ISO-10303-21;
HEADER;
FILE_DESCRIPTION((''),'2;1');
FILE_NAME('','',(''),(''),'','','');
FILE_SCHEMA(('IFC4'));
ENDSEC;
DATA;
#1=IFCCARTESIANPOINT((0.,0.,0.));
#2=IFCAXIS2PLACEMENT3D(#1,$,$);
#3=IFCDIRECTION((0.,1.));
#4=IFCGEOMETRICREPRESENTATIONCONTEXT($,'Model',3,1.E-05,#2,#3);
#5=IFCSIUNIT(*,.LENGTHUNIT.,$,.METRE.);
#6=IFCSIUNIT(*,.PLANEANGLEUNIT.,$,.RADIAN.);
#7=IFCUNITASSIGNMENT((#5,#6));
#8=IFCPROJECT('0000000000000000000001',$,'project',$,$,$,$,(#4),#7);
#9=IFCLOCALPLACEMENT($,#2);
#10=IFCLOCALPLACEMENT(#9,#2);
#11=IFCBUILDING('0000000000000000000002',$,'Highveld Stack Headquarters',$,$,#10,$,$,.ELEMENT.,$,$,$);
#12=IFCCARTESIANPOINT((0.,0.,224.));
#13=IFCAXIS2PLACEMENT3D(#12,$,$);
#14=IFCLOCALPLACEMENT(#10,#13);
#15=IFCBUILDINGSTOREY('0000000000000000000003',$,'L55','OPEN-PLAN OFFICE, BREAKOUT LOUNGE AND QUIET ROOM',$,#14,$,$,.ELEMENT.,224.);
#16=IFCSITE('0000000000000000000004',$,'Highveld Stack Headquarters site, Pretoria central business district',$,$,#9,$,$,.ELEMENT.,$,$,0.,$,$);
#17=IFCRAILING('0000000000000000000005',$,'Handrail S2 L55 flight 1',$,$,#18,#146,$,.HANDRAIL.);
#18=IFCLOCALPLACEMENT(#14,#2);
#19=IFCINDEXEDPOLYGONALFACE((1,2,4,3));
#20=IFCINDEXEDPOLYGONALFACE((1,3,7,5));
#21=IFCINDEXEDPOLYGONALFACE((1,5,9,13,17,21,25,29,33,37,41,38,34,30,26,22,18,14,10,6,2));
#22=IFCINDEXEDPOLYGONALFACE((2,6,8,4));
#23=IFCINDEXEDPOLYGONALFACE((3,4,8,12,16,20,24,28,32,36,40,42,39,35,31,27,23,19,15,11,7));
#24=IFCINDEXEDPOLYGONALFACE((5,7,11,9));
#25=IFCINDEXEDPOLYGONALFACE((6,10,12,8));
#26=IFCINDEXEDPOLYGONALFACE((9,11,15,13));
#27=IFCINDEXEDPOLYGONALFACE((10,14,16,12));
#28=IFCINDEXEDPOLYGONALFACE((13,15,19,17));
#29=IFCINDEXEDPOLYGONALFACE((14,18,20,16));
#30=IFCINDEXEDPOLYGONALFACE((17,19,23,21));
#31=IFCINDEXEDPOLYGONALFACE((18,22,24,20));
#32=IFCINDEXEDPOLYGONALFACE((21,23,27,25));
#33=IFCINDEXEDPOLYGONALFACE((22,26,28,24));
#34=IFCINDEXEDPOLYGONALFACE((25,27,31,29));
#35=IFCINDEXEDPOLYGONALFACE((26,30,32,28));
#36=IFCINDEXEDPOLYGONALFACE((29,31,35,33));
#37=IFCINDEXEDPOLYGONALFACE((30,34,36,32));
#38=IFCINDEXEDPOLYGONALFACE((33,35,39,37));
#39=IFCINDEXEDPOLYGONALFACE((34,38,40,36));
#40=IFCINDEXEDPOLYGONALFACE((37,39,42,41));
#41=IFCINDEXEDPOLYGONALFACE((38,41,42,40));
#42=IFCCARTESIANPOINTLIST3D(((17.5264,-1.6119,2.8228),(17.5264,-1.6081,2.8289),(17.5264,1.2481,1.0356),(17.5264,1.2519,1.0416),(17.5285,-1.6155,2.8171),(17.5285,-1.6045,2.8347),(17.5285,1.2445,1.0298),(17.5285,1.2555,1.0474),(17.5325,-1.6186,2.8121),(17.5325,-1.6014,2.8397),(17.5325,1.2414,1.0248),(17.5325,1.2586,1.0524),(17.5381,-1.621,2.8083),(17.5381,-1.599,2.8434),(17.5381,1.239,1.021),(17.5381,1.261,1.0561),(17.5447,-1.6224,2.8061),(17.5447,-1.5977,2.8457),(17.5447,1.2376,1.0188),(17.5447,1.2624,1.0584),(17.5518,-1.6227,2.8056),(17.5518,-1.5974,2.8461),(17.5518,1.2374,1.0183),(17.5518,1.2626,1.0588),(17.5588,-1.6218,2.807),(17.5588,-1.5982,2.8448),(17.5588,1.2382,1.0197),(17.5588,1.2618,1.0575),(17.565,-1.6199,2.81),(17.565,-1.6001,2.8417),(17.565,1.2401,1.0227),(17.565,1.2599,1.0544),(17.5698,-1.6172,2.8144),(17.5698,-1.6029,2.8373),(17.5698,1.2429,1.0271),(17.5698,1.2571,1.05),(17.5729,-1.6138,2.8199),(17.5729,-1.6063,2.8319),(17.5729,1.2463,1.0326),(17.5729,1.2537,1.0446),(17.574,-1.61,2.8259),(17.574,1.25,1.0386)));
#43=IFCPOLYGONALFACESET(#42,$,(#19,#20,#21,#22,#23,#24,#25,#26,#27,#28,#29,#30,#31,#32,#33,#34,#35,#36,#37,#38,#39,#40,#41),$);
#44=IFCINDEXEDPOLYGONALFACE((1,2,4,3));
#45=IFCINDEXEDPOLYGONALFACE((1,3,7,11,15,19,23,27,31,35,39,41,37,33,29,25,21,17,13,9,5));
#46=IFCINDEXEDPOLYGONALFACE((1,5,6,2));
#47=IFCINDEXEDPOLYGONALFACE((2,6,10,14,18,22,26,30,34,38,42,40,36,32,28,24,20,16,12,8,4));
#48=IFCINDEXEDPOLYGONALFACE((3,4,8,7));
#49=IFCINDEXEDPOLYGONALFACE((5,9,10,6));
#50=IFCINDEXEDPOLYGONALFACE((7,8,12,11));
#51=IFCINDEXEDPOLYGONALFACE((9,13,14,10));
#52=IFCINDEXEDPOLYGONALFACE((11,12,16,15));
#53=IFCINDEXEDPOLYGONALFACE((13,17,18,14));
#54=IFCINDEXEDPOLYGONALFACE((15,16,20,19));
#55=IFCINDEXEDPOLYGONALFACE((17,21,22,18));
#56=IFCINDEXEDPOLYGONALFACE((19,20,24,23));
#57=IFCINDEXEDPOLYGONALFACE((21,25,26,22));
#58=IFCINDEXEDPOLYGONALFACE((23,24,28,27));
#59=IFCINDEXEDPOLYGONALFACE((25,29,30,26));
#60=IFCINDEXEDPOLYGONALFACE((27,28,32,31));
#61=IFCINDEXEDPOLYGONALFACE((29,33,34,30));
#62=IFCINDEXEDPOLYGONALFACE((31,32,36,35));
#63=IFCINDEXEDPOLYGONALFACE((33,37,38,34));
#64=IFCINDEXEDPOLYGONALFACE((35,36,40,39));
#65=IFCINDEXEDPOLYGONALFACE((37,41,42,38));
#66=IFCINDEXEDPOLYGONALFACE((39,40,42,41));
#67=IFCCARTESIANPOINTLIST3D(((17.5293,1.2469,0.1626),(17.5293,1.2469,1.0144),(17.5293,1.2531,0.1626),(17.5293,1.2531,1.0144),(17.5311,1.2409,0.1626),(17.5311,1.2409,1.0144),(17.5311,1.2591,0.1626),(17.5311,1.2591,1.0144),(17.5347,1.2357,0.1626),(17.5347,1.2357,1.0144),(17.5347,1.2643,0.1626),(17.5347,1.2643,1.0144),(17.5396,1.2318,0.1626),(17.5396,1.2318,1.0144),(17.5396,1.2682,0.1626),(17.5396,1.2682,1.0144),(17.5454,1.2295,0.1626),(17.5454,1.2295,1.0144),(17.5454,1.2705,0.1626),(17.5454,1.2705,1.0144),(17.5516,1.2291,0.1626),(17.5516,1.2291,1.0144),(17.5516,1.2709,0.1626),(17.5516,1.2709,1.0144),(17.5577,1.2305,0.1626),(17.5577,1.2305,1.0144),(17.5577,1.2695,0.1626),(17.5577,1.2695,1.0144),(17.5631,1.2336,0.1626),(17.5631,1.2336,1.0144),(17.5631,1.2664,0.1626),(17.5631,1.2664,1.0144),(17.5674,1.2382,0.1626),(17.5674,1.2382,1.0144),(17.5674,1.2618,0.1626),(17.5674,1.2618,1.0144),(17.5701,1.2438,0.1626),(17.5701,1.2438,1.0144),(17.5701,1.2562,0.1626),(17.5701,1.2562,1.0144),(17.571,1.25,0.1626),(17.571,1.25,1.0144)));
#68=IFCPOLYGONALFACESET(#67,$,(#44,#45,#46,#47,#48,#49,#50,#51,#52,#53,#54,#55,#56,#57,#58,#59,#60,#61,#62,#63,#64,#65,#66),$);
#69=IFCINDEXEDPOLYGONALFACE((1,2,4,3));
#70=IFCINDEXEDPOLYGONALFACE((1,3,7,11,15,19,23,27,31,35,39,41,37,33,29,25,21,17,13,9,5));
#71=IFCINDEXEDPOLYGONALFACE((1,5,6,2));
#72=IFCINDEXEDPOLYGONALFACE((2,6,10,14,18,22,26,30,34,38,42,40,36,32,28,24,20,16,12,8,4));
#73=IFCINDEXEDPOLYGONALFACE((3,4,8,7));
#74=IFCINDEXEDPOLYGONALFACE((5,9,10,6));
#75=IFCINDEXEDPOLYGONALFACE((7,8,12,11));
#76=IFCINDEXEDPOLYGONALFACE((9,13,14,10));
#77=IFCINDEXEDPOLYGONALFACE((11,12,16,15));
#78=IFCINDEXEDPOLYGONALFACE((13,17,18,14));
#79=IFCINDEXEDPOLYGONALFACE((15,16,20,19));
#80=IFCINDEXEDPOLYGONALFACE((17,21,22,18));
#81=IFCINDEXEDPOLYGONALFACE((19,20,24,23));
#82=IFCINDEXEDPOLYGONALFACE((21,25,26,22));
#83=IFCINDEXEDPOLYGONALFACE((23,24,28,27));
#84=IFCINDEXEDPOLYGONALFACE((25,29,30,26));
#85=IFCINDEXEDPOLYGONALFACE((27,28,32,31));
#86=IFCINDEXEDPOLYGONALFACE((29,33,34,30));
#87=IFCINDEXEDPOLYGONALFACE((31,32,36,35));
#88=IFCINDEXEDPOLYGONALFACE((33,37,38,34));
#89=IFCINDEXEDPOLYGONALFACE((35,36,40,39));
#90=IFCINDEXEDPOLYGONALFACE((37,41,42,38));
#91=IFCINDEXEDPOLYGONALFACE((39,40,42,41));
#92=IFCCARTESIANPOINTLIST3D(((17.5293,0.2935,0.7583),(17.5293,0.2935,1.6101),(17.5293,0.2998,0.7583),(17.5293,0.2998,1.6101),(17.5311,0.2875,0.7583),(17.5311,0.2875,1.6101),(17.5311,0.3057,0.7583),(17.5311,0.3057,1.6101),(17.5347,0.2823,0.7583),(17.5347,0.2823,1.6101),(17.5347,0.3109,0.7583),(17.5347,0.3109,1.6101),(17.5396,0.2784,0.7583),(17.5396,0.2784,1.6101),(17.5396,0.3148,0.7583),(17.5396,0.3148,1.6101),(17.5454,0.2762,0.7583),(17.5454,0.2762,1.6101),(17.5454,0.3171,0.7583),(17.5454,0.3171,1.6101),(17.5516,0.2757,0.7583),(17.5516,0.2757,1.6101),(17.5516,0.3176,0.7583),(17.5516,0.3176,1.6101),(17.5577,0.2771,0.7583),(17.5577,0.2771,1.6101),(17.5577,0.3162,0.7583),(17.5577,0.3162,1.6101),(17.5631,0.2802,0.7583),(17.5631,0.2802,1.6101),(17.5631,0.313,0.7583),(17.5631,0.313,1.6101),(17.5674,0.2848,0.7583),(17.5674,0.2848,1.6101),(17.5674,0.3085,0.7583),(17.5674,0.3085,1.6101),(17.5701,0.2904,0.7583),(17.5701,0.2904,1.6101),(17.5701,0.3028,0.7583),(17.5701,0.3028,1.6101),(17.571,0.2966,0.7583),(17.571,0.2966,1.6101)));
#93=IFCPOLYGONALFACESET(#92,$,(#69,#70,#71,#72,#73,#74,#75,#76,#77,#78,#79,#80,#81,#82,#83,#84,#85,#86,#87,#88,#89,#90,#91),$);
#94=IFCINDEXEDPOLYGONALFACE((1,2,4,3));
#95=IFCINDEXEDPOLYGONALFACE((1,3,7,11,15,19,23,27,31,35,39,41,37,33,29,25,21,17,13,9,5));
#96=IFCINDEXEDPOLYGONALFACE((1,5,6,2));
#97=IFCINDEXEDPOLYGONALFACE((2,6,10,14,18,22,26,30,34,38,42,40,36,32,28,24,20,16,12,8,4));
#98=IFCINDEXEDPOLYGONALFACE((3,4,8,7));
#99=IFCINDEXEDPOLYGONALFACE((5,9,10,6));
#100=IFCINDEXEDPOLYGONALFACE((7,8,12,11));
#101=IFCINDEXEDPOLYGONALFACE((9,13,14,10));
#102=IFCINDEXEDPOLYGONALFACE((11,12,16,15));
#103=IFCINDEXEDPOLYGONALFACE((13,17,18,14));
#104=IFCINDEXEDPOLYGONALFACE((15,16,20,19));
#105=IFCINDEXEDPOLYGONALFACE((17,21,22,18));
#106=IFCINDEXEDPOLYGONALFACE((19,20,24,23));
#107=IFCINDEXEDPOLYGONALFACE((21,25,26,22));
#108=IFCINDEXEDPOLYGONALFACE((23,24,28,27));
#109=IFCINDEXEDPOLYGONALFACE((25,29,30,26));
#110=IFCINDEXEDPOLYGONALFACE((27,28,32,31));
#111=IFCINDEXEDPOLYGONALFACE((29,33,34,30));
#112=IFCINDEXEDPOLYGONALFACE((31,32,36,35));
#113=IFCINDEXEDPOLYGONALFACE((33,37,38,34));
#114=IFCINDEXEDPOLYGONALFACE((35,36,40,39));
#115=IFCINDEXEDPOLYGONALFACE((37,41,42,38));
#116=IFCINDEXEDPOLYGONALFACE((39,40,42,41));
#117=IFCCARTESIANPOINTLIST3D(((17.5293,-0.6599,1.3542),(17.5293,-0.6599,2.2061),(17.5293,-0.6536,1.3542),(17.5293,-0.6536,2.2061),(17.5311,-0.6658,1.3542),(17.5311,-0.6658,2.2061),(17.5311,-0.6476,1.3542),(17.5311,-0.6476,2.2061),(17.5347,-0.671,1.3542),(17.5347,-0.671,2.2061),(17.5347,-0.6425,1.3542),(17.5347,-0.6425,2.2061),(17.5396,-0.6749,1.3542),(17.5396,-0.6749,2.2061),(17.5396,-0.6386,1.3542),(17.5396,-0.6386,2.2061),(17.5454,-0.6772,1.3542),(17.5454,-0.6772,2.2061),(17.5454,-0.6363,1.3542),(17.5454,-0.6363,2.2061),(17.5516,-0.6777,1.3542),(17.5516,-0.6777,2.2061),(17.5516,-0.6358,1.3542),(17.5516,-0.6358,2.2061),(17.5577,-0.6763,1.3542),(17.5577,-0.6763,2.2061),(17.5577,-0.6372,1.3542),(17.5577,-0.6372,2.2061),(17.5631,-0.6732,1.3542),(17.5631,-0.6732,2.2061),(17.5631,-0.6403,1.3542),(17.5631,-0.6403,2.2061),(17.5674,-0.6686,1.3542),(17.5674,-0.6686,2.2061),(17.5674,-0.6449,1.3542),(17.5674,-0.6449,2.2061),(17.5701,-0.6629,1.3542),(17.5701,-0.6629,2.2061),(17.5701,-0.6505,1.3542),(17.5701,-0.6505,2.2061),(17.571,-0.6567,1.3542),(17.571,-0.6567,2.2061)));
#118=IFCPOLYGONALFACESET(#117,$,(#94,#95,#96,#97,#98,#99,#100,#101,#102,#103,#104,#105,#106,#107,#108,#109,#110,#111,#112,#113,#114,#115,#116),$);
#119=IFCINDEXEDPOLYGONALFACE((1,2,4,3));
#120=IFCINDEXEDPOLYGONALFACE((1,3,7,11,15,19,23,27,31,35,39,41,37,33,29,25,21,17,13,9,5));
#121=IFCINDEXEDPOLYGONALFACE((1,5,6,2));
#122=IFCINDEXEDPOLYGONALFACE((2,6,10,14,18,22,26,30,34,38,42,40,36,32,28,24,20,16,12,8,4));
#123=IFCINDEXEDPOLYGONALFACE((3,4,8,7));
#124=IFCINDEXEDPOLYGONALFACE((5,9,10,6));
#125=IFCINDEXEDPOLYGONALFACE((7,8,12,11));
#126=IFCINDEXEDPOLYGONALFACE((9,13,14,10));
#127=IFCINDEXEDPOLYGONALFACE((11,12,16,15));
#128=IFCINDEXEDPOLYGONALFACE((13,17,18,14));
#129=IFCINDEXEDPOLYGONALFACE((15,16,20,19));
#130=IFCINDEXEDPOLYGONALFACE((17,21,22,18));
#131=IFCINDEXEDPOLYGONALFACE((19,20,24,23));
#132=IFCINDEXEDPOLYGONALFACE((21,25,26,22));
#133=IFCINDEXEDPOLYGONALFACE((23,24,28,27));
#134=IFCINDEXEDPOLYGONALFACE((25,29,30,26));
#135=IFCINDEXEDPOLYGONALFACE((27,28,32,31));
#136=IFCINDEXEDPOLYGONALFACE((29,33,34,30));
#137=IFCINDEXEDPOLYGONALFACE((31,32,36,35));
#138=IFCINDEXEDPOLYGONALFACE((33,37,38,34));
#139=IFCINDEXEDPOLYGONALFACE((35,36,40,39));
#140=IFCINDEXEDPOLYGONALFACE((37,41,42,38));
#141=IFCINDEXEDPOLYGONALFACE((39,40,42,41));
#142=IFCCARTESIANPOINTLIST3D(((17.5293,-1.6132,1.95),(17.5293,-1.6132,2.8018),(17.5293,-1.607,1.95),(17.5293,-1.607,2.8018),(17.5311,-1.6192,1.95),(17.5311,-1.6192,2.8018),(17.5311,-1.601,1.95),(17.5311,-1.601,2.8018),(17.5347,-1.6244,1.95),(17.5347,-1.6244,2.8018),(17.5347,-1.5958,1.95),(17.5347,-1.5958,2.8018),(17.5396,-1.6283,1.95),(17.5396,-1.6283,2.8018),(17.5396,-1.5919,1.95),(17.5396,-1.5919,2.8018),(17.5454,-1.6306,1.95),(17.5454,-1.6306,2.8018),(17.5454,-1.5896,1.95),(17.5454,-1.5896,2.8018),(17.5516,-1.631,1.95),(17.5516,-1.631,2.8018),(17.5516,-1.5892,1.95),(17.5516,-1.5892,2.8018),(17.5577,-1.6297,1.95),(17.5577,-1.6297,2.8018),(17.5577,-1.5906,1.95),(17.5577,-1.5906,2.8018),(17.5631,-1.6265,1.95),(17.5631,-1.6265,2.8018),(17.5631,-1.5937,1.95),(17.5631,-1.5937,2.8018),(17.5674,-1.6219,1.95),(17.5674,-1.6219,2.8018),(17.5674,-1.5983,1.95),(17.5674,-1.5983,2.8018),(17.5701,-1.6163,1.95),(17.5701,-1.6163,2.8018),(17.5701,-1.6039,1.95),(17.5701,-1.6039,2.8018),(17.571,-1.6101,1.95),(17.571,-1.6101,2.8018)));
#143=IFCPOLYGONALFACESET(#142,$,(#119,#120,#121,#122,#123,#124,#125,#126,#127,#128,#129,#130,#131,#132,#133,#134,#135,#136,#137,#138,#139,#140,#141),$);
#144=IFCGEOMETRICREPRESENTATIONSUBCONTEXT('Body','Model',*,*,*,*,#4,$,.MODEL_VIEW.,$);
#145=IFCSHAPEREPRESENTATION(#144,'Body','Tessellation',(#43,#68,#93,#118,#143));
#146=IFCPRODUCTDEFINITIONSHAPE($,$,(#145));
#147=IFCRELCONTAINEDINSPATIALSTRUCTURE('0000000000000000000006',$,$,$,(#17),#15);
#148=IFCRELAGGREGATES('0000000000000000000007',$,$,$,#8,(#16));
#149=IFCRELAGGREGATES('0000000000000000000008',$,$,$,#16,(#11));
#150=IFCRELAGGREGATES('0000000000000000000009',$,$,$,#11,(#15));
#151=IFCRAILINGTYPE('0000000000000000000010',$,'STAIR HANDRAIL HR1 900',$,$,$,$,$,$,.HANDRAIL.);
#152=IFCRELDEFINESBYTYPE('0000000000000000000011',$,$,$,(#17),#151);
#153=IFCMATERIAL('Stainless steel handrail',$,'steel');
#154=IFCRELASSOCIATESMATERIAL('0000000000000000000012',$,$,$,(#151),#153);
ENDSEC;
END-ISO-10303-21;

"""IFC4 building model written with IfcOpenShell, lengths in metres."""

from ifc_helpers import new_model, si_unit, direction, frame, origin, origin_2d, place, context, subcontext, project, spatial, circle, extrude, material, type_object, element, save


model = new_model("IFC4")

# Units and contexts
model_context = context("Model", 3, precision=1e-05, world=origin(), true_north=direction((0.0, 1.0)))
body_context = subcontext(model_context, "Body", "Model", "MODEL_VIEW")
ifc_project = project(units=[si_unit("LENGTHUNIT", "METRE"), si_unit("PLANEANGLEUNIT", "RADIAN")], contexts=[model_context])

# Site, building, storey
site_placement = place(None, origin())
site = spatial("IfcSite", under=ifc_project, at=site_placement, Name="Highveld Stack Headquarters site, Pretoria central business district", CompositionType="ELEMENT", RefElevation=0.0)
building_placement = place(site_placement, origin())
building = spatial("IfcBuilding", under=site, at=building_placement, Name="Highveld Stack Headquarters", CompositionType="ELEMENT")
storey_placement = place(building_placement, frame((0.0, 0.0, 224.0)))
storey = spatial("IfcBuildingStorey", under=building, at=storey_placement, Name="L55", Description="OPEN-PLAN OFFICE, BREAKOUT LOUNGE AND QUIET ROOM", CompositionType="ELEMENT", Elevation=224.0)

# Railing
ifc_material_1 = material(Name="Stainless steel handrail", Category="steel")
railing_type = type_object("IfcRailingType", Name="STAIR HANDRAIL HR1 900", PredefinedType="HANDRAIL", material=ifc_material_1)
for number, where, name in (
    (1, (17.55, 1.25, 0.1626), "Handrail S2 L55 flight 1"),
):
    element("IfcRailing", number, at=place(storey_placement, frame(where)), inside=storey, type_object=railing_type, Name=name, PredefinedType="HANDRAIL", context=body_context, shape_type="SweptSolid", body=[
        extrude(circle(Radius=0.0239, at=origin_2d()), frame((0.0, 0.0, 0.876), z_axis=(0.0, -0.848027, 0.529953), x_axis=(1.0, 0.0, 0.0)), (0.0, 0.0, 1.0), 3.3726),
        extrude(circle(Radius=0.021, at=origin_2d()), origin(), (0.0, 0.0, 1.0), 0.8518),
        extrude(circle(Radius=0.021, at=origin_2d()), frame((0.0, -0.9534, 0.5957)), (0.0, 0.0, 1.0), 0.8518),
        extrude(circle(Radius=0.021, at=origin_2d()), frame((0.0, -1.9067, 1.1917)), (0.0, 0.0, 1.0), 0.8518),
        extrude(circle(Radius=0.021, at=origin_2d()), frame((0.0, -2.8601, 1.7874)), (0.0, 0.0, 1.0), 0.8518),
    ])

save(model, "model.ifc")
